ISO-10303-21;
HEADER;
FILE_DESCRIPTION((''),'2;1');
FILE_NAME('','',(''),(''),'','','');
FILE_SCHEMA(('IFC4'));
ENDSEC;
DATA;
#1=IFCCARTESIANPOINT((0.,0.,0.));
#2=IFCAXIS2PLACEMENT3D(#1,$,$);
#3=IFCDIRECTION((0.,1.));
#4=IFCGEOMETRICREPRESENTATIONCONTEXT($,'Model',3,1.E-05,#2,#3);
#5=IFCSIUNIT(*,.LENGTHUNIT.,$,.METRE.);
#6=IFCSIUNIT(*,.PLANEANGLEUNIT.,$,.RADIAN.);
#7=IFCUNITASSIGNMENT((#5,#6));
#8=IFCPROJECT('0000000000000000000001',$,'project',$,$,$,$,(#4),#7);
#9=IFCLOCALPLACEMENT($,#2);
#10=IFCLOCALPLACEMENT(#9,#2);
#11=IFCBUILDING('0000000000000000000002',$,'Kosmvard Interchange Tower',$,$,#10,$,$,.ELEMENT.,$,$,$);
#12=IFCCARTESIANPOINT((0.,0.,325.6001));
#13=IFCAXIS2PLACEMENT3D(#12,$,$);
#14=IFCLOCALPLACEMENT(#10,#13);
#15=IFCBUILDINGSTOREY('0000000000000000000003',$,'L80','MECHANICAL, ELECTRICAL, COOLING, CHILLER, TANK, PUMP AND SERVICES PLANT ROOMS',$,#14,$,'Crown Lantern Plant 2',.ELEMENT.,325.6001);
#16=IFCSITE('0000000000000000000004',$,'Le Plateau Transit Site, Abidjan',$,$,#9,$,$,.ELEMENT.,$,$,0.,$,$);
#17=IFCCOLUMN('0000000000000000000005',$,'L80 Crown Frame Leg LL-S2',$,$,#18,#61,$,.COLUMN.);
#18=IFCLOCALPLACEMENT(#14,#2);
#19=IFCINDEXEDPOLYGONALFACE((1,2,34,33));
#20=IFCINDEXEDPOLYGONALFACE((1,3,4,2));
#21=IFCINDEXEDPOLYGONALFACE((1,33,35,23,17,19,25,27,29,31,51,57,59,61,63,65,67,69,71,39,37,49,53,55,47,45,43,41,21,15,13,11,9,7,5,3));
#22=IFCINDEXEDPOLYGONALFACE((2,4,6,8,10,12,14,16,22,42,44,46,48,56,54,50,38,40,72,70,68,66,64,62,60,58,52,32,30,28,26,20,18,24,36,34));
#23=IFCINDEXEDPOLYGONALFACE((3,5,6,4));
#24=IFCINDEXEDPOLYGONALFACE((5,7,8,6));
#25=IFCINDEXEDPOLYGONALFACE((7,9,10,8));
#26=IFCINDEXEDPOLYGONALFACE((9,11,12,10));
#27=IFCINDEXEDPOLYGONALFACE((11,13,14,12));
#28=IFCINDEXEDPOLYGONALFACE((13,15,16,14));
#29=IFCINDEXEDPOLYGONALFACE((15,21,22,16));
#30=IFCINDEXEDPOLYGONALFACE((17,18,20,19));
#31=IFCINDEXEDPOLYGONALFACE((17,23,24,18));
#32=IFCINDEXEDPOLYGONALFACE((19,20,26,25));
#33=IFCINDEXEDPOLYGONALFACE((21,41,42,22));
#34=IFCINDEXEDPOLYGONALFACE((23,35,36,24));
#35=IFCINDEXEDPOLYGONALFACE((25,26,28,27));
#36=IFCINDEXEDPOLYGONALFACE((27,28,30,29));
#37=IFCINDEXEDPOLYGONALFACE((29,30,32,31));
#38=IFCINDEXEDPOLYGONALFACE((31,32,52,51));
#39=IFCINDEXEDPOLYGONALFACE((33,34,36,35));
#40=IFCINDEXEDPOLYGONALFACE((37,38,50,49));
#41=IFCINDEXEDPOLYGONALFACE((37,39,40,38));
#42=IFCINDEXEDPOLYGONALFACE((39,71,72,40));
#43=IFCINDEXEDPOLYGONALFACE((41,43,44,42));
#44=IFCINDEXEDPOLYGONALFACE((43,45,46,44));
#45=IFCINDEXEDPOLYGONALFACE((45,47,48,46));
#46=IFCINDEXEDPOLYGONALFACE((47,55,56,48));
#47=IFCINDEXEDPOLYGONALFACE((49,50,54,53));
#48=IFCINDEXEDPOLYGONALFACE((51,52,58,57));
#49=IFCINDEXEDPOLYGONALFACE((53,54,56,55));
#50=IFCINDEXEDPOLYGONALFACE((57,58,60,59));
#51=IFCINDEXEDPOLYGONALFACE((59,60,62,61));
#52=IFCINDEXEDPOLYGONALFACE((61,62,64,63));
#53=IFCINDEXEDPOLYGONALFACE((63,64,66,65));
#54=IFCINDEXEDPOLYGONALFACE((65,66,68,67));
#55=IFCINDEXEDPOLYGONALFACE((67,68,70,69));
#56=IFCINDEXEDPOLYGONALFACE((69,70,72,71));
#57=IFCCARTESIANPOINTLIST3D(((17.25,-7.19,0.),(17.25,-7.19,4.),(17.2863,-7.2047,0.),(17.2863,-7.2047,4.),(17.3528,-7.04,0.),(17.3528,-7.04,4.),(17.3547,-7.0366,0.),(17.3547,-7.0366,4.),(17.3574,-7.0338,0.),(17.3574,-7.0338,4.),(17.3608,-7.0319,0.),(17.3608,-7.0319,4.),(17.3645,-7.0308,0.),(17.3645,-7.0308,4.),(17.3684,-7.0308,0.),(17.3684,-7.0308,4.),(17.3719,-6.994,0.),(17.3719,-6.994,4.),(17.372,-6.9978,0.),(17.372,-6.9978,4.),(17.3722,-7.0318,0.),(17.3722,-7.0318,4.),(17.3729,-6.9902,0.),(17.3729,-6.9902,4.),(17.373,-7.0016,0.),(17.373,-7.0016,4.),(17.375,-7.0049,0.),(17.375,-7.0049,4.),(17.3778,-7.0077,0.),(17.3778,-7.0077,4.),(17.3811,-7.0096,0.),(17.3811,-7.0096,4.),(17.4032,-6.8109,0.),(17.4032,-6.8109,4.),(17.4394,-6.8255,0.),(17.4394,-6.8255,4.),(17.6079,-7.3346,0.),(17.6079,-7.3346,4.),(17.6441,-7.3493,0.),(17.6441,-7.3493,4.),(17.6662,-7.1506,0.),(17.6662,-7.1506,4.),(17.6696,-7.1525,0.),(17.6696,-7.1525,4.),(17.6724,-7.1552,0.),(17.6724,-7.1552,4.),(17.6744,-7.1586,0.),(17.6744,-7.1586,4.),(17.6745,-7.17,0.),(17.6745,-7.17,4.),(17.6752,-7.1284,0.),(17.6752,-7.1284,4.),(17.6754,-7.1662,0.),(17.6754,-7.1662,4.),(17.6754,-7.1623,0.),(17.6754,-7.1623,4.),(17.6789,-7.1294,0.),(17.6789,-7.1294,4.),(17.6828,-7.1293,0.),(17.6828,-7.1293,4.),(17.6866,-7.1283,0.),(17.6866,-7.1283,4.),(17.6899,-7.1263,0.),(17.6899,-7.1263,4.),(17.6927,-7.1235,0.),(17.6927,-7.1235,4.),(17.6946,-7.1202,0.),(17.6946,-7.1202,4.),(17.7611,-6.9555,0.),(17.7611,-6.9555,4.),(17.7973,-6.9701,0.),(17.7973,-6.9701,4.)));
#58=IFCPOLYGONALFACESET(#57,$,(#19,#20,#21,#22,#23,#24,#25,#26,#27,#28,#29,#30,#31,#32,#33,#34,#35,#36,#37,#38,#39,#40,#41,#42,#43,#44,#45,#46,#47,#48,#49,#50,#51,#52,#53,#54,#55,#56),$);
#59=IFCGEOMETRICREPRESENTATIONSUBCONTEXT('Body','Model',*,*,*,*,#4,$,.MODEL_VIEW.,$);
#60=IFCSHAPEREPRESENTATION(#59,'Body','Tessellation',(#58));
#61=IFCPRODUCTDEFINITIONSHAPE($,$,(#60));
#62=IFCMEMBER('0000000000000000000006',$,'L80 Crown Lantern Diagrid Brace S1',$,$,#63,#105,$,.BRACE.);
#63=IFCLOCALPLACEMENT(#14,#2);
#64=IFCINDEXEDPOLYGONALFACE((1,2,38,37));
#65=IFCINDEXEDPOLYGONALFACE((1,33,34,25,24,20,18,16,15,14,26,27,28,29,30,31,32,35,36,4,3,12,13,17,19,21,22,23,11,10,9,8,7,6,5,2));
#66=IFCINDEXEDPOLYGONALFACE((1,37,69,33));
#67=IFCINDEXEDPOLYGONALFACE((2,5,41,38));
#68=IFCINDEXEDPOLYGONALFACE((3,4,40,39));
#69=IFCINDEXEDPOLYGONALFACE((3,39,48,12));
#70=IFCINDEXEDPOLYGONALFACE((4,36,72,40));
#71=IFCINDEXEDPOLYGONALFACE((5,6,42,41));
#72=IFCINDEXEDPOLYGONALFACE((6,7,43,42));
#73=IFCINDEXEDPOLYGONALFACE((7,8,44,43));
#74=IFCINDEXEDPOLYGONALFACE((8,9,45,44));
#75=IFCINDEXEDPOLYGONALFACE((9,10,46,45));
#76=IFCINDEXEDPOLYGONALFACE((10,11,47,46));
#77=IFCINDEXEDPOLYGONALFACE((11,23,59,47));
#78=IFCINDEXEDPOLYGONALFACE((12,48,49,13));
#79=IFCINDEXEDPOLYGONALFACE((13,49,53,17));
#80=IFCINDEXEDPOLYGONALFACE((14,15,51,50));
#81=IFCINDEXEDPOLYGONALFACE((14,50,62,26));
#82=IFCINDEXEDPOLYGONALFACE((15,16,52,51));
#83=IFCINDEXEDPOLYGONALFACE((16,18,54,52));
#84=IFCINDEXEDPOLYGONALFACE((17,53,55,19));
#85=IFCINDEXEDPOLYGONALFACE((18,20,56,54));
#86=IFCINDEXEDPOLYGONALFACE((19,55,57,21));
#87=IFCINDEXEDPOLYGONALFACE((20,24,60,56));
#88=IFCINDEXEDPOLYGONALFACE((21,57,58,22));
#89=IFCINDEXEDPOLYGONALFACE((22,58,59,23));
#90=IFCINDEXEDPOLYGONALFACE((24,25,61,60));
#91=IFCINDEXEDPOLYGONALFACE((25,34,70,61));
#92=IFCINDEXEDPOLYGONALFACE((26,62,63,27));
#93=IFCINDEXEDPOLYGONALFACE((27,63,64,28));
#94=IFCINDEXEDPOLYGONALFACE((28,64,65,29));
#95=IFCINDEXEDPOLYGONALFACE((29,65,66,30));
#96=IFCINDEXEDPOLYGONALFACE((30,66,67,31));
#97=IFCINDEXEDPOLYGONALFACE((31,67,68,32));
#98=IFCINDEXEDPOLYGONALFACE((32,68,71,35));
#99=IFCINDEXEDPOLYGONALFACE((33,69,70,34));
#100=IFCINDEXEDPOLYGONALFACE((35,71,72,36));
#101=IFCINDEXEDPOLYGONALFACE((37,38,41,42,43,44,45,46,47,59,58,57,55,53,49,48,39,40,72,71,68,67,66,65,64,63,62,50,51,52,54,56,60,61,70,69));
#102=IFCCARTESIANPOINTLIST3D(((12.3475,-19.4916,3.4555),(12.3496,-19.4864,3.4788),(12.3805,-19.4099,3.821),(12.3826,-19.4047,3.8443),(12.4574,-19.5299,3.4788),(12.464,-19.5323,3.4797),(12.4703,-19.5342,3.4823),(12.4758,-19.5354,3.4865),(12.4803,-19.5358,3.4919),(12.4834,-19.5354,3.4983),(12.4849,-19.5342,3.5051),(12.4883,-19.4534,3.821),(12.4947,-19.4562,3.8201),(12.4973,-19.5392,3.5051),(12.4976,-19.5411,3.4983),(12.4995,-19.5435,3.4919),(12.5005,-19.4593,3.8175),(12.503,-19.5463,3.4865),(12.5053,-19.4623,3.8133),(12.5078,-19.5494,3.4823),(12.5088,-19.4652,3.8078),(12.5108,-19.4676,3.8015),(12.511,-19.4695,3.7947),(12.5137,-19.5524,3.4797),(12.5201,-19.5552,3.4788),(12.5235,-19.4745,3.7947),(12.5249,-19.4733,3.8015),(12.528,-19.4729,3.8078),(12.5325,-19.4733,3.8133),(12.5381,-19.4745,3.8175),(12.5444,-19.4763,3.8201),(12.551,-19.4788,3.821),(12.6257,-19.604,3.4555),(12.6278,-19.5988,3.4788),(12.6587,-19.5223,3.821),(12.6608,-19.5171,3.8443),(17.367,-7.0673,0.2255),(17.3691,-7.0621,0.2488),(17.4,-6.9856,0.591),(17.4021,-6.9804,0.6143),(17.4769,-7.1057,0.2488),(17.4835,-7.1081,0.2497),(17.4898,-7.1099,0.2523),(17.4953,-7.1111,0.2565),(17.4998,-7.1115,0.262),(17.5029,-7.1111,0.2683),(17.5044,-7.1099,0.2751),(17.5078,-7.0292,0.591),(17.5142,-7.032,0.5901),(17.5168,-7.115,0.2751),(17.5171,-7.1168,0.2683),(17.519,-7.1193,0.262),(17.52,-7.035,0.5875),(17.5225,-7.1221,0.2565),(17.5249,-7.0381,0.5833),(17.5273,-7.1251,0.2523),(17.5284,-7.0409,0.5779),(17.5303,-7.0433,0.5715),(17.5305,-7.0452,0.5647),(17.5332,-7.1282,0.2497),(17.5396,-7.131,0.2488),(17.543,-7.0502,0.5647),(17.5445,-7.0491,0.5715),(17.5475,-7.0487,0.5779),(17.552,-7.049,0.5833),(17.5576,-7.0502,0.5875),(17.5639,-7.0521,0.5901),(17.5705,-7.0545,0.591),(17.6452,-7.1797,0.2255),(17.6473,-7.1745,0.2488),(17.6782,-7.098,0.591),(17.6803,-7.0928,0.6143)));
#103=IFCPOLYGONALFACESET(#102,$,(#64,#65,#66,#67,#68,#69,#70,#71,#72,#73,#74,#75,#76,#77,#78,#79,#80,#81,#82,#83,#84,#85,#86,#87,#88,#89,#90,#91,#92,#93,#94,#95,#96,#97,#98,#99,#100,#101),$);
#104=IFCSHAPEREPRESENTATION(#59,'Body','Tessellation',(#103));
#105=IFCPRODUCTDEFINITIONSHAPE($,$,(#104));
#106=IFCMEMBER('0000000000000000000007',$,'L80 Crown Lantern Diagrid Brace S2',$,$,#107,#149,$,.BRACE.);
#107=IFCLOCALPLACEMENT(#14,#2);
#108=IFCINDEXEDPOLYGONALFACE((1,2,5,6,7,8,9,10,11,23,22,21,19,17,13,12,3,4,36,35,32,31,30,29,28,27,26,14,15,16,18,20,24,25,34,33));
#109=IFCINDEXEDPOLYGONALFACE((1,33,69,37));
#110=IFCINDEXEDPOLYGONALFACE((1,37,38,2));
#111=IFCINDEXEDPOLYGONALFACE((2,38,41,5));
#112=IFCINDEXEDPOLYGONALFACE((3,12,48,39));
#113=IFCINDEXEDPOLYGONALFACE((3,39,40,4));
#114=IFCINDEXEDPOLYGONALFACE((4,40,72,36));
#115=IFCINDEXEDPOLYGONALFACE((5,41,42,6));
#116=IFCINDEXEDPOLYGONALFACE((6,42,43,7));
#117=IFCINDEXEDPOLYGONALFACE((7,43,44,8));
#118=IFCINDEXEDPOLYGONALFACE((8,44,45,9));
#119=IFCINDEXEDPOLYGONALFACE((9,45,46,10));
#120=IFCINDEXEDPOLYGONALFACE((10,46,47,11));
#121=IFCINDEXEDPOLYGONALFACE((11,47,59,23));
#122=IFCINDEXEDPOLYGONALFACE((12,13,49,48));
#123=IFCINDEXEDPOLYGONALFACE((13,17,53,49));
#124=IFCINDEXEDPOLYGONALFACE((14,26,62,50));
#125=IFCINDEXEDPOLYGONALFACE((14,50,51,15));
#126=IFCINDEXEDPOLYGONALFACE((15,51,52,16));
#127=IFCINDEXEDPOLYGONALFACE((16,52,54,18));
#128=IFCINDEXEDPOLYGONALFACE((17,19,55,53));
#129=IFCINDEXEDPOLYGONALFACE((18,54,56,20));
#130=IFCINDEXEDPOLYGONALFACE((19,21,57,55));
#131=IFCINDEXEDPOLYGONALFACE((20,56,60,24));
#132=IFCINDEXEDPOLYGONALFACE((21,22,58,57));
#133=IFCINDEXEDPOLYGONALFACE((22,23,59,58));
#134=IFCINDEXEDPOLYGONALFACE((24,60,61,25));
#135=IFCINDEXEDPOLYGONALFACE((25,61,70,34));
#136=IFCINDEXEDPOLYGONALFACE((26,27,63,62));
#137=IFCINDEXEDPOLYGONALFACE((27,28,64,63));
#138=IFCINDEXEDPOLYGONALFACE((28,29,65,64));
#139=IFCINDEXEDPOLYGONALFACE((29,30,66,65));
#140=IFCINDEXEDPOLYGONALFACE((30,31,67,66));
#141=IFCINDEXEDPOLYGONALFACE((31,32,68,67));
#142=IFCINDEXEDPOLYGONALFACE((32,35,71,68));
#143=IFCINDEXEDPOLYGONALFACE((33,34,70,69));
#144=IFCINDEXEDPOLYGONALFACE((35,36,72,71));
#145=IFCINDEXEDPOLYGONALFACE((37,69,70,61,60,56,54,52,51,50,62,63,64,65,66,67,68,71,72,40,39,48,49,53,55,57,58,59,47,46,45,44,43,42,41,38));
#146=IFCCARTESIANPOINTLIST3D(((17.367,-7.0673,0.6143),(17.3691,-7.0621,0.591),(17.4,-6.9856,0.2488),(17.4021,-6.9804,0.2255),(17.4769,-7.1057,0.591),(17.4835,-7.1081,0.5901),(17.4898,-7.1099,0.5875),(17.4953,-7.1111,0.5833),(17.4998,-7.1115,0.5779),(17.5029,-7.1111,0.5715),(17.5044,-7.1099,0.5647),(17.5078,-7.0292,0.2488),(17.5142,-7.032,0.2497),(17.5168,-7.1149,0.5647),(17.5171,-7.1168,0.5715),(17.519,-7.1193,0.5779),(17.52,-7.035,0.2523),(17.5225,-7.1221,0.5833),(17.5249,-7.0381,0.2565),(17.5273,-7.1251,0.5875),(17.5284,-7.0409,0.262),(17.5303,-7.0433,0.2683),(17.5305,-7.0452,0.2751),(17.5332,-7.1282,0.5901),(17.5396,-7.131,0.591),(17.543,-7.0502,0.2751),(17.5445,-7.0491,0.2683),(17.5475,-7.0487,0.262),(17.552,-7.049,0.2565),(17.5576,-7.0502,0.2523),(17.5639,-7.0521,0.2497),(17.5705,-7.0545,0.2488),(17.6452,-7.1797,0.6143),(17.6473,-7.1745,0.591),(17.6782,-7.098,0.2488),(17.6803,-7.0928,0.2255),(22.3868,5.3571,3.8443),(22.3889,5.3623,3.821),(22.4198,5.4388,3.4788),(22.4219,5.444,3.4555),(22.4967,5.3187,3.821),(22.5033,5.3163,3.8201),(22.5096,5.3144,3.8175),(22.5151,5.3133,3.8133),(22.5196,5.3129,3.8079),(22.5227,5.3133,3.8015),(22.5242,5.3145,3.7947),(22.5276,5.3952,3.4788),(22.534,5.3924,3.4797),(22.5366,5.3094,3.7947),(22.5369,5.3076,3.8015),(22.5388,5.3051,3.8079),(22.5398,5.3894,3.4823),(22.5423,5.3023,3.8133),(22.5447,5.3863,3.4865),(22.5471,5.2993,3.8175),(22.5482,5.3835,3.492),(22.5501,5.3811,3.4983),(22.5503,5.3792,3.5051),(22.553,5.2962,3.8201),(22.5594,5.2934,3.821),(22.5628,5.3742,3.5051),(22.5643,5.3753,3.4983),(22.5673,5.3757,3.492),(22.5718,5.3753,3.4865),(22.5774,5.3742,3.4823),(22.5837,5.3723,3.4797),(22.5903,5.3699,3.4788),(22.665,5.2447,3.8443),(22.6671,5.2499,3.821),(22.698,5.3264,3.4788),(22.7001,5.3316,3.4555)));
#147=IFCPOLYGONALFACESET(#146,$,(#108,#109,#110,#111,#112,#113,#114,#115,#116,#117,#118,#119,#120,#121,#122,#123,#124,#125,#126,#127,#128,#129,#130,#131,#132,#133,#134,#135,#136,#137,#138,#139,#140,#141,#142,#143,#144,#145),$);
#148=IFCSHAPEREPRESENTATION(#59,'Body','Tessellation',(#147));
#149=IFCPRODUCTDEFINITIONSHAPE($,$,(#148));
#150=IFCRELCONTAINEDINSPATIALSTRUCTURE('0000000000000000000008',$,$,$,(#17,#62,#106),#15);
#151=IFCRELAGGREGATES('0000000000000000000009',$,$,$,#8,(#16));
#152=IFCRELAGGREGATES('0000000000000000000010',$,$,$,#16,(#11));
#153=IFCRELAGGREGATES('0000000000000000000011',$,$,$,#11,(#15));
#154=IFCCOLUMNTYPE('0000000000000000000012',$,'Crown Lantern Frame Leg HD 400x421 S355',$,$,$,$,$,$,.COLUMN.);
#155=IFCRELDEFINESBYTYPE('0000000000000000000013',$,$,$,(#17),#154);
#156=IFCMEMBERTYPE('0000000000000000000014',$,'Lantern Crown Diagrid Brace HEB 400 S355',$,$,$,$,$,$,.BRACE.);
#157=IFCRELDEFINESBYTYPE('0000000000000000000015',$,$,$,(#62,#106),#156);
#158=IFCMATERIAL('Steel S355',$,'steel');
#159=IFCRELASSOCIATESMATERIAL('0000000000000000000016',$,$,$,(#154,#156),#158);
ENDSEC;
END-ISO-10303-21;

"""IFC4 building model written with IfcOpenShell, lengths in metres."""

from ifc_helpers import new_model, si_unit, direction, frame, origin, origin_2d, place, context, subcontext, project, spatial, i_section, extrude, source, transform, mapped, material, material_profile, profile_set, type_object, element, save


model = new_model("IFC4")

# Units and contexts
model_context = context("Model", 3, precision=1e-05, world=origin(), true_north=direction((0.0, 1.0)))
body_context = subcontext(model_context, "Body", "Model", "MODEL_VIEW")
ifc_project = project(units=[si_unit("LENGTHUNIT", "METRE"), si_unit("PLANEANGLEUNIT", "RADIAN")], contexts=[model_context])

# Site, building, storey
site_placement = place(None, origin())
site = spatial("IfcSite", under=ifc_project, at=site_placement, Name="Le Plateau Transit Site, Abidjan", CompositionType="ELEMENT", RefElevation=0.0)
building_placement = place(site_placement, origin())
building = spatial("IfcBuilding", under=site, at=building_placement, Name="Kosmvard Interchange Tower", CompositionType="ELEMENT")
storey_placement = place(building_placement, frame((0.0, 0.0, 325.6001)))
storey = spatial("IfcBuildingStorey", under=building, at=storey_placement, Name="L80", Description="MECHANICAL, ELECTRICAL, COOLING, CHILLER, TANK, PUMP AND SERVICES PLANT ROOMS", LongName="Crown Lantern Plant 2", CompositionType="ELEMENT", Elevation=325.6001)

# Column
ifc_material_1 = material(Name="Steel S355", Category="steel")
ifc_material_profile_1 = material_profile(ifc_material_1, i_section(OverallWidth=0.4089, OverallDepth=0.425, WebThickness=0.0239, FlangeThickness=0.0391, FilletRadius=0.0149, at=origin_2d()), Name="HD 400x421")
ifc_profile_set_1 = profile_set([ifc_material_profile_1], Name="Steel S355")
column_type = type_object("IfcColumnType", Name="Crown Lantern Frame Leg HD 400x421 S355", PredefinedType="COLUMN", material=ifc_profile_set_1)
shared_shape_1 = source(origin(), body_context, "Body", "SweptSolid", [
    extrude(i_section(OverallWidth=0.4089, OverallDepth=0.425, WebThickness=0.0239, FlangeThickness=0.0391, FilletRadius=0.0149, at=origin_2d()), origin(), (0.0, 0.0, 1.0), 4.0),
])
column_placement = place(storey_placement, frame((17.5237, -7.0801, 0.0), z_axis=(0.0, 0.0, 1.0), x_axis=(0.374607, 0.927184, 0.0)))
element("IfcColumn", 1, at=column_placement, inside=storey, type_object=column_type, Name="L80 Crown Frame Leg LL-S2", PredefinedType="COLUMN", context=body_context, shape_type="MappedRepresentation", body=[
    mapped(shared_shape_1, transform((0.0, 0.0, 0.0), scale=1.0)),
])

# Members
ifc_material_profile_2 = material_profile(ifc_material_1, i_section(OverallWidth=0.3, OverallDepth=0.3999, WebThickness=0.0134, FlangeThickness=0.0239, FilletRadius=0.0271, at=origin_2d()), Name="HEB 400")
ifc_profile_set_2 = profile_set([ifc_material_profile_2], Name="Steel S355")
member_type_1 = type_object("IfcMemberType", Name="Lantern Crown Diagrid Brace HEB 400 S355", PredefinedType="BRACE", material=ifc_profile_set_2)
shared_shape_2 = source(origin(), body_context, "Body", "SweptSolid", [
    extrude(i_section(OverallWidth=0.3, OverallDepth=0.3999, WebThickness=0.0134, FlangeThickness=0.0239, FilletRadius=0.0271, at=origin_2d()), origin(), (0.0, 0.0, 1.0), 13.7837),
])
member_1_placement = place(storey_placement, frame((17.5237, -7.0801, 0.4199), z_axis=(-0.364163, -0.901373, 0.234332), x_axis=(0.92719, -0.374593, 0.0)))
element("IfcMember", 2, at=member_1_placement, inside=storey, type_object=member_type_1, Name="L80 Crown Lantern Diagrid Brace S1", PredefinedType="BRACE", context=body_context, shape_type="MappedRepresentation", body=[
    mapped(shared_shape_2, transform((0.0, 0.0, 0.0), scale=1.0)),
])
shared_shape_3 = source(origin(), body_context, "Body", "SweptSolid", [
    extrude(i_section(OverallWidth=0.3, OverallDepth=0.3999, WebThickness=0.0134, FlangeThickness=0.0239, FilletRadius=0.0271, at=origin_2d()), origin(), (0.0, 0.0, 1.0), 13.7839),
])
member_2_placement = place(storey_placement, frame((17.5237, -7.0801, 0.4199), z_axis=(0.364178, 0.901368, 0.234331), x_axis=(-0.927183, 0.374608, 0.0)))
element("IfcMember", 3, at=member_2_placement, inside=storey, type_object=member_type_1, Name="L80 Crown Lantern Diagrid Brace S2", PredefinedType="BRACE", context=body_context, shape_type="MappedRepresentation", body=[
    mapped(shared_shape_3, transform((0.0, 0.0, 0.0), scale=1.0)),
])

save(model, "model.ifc")
